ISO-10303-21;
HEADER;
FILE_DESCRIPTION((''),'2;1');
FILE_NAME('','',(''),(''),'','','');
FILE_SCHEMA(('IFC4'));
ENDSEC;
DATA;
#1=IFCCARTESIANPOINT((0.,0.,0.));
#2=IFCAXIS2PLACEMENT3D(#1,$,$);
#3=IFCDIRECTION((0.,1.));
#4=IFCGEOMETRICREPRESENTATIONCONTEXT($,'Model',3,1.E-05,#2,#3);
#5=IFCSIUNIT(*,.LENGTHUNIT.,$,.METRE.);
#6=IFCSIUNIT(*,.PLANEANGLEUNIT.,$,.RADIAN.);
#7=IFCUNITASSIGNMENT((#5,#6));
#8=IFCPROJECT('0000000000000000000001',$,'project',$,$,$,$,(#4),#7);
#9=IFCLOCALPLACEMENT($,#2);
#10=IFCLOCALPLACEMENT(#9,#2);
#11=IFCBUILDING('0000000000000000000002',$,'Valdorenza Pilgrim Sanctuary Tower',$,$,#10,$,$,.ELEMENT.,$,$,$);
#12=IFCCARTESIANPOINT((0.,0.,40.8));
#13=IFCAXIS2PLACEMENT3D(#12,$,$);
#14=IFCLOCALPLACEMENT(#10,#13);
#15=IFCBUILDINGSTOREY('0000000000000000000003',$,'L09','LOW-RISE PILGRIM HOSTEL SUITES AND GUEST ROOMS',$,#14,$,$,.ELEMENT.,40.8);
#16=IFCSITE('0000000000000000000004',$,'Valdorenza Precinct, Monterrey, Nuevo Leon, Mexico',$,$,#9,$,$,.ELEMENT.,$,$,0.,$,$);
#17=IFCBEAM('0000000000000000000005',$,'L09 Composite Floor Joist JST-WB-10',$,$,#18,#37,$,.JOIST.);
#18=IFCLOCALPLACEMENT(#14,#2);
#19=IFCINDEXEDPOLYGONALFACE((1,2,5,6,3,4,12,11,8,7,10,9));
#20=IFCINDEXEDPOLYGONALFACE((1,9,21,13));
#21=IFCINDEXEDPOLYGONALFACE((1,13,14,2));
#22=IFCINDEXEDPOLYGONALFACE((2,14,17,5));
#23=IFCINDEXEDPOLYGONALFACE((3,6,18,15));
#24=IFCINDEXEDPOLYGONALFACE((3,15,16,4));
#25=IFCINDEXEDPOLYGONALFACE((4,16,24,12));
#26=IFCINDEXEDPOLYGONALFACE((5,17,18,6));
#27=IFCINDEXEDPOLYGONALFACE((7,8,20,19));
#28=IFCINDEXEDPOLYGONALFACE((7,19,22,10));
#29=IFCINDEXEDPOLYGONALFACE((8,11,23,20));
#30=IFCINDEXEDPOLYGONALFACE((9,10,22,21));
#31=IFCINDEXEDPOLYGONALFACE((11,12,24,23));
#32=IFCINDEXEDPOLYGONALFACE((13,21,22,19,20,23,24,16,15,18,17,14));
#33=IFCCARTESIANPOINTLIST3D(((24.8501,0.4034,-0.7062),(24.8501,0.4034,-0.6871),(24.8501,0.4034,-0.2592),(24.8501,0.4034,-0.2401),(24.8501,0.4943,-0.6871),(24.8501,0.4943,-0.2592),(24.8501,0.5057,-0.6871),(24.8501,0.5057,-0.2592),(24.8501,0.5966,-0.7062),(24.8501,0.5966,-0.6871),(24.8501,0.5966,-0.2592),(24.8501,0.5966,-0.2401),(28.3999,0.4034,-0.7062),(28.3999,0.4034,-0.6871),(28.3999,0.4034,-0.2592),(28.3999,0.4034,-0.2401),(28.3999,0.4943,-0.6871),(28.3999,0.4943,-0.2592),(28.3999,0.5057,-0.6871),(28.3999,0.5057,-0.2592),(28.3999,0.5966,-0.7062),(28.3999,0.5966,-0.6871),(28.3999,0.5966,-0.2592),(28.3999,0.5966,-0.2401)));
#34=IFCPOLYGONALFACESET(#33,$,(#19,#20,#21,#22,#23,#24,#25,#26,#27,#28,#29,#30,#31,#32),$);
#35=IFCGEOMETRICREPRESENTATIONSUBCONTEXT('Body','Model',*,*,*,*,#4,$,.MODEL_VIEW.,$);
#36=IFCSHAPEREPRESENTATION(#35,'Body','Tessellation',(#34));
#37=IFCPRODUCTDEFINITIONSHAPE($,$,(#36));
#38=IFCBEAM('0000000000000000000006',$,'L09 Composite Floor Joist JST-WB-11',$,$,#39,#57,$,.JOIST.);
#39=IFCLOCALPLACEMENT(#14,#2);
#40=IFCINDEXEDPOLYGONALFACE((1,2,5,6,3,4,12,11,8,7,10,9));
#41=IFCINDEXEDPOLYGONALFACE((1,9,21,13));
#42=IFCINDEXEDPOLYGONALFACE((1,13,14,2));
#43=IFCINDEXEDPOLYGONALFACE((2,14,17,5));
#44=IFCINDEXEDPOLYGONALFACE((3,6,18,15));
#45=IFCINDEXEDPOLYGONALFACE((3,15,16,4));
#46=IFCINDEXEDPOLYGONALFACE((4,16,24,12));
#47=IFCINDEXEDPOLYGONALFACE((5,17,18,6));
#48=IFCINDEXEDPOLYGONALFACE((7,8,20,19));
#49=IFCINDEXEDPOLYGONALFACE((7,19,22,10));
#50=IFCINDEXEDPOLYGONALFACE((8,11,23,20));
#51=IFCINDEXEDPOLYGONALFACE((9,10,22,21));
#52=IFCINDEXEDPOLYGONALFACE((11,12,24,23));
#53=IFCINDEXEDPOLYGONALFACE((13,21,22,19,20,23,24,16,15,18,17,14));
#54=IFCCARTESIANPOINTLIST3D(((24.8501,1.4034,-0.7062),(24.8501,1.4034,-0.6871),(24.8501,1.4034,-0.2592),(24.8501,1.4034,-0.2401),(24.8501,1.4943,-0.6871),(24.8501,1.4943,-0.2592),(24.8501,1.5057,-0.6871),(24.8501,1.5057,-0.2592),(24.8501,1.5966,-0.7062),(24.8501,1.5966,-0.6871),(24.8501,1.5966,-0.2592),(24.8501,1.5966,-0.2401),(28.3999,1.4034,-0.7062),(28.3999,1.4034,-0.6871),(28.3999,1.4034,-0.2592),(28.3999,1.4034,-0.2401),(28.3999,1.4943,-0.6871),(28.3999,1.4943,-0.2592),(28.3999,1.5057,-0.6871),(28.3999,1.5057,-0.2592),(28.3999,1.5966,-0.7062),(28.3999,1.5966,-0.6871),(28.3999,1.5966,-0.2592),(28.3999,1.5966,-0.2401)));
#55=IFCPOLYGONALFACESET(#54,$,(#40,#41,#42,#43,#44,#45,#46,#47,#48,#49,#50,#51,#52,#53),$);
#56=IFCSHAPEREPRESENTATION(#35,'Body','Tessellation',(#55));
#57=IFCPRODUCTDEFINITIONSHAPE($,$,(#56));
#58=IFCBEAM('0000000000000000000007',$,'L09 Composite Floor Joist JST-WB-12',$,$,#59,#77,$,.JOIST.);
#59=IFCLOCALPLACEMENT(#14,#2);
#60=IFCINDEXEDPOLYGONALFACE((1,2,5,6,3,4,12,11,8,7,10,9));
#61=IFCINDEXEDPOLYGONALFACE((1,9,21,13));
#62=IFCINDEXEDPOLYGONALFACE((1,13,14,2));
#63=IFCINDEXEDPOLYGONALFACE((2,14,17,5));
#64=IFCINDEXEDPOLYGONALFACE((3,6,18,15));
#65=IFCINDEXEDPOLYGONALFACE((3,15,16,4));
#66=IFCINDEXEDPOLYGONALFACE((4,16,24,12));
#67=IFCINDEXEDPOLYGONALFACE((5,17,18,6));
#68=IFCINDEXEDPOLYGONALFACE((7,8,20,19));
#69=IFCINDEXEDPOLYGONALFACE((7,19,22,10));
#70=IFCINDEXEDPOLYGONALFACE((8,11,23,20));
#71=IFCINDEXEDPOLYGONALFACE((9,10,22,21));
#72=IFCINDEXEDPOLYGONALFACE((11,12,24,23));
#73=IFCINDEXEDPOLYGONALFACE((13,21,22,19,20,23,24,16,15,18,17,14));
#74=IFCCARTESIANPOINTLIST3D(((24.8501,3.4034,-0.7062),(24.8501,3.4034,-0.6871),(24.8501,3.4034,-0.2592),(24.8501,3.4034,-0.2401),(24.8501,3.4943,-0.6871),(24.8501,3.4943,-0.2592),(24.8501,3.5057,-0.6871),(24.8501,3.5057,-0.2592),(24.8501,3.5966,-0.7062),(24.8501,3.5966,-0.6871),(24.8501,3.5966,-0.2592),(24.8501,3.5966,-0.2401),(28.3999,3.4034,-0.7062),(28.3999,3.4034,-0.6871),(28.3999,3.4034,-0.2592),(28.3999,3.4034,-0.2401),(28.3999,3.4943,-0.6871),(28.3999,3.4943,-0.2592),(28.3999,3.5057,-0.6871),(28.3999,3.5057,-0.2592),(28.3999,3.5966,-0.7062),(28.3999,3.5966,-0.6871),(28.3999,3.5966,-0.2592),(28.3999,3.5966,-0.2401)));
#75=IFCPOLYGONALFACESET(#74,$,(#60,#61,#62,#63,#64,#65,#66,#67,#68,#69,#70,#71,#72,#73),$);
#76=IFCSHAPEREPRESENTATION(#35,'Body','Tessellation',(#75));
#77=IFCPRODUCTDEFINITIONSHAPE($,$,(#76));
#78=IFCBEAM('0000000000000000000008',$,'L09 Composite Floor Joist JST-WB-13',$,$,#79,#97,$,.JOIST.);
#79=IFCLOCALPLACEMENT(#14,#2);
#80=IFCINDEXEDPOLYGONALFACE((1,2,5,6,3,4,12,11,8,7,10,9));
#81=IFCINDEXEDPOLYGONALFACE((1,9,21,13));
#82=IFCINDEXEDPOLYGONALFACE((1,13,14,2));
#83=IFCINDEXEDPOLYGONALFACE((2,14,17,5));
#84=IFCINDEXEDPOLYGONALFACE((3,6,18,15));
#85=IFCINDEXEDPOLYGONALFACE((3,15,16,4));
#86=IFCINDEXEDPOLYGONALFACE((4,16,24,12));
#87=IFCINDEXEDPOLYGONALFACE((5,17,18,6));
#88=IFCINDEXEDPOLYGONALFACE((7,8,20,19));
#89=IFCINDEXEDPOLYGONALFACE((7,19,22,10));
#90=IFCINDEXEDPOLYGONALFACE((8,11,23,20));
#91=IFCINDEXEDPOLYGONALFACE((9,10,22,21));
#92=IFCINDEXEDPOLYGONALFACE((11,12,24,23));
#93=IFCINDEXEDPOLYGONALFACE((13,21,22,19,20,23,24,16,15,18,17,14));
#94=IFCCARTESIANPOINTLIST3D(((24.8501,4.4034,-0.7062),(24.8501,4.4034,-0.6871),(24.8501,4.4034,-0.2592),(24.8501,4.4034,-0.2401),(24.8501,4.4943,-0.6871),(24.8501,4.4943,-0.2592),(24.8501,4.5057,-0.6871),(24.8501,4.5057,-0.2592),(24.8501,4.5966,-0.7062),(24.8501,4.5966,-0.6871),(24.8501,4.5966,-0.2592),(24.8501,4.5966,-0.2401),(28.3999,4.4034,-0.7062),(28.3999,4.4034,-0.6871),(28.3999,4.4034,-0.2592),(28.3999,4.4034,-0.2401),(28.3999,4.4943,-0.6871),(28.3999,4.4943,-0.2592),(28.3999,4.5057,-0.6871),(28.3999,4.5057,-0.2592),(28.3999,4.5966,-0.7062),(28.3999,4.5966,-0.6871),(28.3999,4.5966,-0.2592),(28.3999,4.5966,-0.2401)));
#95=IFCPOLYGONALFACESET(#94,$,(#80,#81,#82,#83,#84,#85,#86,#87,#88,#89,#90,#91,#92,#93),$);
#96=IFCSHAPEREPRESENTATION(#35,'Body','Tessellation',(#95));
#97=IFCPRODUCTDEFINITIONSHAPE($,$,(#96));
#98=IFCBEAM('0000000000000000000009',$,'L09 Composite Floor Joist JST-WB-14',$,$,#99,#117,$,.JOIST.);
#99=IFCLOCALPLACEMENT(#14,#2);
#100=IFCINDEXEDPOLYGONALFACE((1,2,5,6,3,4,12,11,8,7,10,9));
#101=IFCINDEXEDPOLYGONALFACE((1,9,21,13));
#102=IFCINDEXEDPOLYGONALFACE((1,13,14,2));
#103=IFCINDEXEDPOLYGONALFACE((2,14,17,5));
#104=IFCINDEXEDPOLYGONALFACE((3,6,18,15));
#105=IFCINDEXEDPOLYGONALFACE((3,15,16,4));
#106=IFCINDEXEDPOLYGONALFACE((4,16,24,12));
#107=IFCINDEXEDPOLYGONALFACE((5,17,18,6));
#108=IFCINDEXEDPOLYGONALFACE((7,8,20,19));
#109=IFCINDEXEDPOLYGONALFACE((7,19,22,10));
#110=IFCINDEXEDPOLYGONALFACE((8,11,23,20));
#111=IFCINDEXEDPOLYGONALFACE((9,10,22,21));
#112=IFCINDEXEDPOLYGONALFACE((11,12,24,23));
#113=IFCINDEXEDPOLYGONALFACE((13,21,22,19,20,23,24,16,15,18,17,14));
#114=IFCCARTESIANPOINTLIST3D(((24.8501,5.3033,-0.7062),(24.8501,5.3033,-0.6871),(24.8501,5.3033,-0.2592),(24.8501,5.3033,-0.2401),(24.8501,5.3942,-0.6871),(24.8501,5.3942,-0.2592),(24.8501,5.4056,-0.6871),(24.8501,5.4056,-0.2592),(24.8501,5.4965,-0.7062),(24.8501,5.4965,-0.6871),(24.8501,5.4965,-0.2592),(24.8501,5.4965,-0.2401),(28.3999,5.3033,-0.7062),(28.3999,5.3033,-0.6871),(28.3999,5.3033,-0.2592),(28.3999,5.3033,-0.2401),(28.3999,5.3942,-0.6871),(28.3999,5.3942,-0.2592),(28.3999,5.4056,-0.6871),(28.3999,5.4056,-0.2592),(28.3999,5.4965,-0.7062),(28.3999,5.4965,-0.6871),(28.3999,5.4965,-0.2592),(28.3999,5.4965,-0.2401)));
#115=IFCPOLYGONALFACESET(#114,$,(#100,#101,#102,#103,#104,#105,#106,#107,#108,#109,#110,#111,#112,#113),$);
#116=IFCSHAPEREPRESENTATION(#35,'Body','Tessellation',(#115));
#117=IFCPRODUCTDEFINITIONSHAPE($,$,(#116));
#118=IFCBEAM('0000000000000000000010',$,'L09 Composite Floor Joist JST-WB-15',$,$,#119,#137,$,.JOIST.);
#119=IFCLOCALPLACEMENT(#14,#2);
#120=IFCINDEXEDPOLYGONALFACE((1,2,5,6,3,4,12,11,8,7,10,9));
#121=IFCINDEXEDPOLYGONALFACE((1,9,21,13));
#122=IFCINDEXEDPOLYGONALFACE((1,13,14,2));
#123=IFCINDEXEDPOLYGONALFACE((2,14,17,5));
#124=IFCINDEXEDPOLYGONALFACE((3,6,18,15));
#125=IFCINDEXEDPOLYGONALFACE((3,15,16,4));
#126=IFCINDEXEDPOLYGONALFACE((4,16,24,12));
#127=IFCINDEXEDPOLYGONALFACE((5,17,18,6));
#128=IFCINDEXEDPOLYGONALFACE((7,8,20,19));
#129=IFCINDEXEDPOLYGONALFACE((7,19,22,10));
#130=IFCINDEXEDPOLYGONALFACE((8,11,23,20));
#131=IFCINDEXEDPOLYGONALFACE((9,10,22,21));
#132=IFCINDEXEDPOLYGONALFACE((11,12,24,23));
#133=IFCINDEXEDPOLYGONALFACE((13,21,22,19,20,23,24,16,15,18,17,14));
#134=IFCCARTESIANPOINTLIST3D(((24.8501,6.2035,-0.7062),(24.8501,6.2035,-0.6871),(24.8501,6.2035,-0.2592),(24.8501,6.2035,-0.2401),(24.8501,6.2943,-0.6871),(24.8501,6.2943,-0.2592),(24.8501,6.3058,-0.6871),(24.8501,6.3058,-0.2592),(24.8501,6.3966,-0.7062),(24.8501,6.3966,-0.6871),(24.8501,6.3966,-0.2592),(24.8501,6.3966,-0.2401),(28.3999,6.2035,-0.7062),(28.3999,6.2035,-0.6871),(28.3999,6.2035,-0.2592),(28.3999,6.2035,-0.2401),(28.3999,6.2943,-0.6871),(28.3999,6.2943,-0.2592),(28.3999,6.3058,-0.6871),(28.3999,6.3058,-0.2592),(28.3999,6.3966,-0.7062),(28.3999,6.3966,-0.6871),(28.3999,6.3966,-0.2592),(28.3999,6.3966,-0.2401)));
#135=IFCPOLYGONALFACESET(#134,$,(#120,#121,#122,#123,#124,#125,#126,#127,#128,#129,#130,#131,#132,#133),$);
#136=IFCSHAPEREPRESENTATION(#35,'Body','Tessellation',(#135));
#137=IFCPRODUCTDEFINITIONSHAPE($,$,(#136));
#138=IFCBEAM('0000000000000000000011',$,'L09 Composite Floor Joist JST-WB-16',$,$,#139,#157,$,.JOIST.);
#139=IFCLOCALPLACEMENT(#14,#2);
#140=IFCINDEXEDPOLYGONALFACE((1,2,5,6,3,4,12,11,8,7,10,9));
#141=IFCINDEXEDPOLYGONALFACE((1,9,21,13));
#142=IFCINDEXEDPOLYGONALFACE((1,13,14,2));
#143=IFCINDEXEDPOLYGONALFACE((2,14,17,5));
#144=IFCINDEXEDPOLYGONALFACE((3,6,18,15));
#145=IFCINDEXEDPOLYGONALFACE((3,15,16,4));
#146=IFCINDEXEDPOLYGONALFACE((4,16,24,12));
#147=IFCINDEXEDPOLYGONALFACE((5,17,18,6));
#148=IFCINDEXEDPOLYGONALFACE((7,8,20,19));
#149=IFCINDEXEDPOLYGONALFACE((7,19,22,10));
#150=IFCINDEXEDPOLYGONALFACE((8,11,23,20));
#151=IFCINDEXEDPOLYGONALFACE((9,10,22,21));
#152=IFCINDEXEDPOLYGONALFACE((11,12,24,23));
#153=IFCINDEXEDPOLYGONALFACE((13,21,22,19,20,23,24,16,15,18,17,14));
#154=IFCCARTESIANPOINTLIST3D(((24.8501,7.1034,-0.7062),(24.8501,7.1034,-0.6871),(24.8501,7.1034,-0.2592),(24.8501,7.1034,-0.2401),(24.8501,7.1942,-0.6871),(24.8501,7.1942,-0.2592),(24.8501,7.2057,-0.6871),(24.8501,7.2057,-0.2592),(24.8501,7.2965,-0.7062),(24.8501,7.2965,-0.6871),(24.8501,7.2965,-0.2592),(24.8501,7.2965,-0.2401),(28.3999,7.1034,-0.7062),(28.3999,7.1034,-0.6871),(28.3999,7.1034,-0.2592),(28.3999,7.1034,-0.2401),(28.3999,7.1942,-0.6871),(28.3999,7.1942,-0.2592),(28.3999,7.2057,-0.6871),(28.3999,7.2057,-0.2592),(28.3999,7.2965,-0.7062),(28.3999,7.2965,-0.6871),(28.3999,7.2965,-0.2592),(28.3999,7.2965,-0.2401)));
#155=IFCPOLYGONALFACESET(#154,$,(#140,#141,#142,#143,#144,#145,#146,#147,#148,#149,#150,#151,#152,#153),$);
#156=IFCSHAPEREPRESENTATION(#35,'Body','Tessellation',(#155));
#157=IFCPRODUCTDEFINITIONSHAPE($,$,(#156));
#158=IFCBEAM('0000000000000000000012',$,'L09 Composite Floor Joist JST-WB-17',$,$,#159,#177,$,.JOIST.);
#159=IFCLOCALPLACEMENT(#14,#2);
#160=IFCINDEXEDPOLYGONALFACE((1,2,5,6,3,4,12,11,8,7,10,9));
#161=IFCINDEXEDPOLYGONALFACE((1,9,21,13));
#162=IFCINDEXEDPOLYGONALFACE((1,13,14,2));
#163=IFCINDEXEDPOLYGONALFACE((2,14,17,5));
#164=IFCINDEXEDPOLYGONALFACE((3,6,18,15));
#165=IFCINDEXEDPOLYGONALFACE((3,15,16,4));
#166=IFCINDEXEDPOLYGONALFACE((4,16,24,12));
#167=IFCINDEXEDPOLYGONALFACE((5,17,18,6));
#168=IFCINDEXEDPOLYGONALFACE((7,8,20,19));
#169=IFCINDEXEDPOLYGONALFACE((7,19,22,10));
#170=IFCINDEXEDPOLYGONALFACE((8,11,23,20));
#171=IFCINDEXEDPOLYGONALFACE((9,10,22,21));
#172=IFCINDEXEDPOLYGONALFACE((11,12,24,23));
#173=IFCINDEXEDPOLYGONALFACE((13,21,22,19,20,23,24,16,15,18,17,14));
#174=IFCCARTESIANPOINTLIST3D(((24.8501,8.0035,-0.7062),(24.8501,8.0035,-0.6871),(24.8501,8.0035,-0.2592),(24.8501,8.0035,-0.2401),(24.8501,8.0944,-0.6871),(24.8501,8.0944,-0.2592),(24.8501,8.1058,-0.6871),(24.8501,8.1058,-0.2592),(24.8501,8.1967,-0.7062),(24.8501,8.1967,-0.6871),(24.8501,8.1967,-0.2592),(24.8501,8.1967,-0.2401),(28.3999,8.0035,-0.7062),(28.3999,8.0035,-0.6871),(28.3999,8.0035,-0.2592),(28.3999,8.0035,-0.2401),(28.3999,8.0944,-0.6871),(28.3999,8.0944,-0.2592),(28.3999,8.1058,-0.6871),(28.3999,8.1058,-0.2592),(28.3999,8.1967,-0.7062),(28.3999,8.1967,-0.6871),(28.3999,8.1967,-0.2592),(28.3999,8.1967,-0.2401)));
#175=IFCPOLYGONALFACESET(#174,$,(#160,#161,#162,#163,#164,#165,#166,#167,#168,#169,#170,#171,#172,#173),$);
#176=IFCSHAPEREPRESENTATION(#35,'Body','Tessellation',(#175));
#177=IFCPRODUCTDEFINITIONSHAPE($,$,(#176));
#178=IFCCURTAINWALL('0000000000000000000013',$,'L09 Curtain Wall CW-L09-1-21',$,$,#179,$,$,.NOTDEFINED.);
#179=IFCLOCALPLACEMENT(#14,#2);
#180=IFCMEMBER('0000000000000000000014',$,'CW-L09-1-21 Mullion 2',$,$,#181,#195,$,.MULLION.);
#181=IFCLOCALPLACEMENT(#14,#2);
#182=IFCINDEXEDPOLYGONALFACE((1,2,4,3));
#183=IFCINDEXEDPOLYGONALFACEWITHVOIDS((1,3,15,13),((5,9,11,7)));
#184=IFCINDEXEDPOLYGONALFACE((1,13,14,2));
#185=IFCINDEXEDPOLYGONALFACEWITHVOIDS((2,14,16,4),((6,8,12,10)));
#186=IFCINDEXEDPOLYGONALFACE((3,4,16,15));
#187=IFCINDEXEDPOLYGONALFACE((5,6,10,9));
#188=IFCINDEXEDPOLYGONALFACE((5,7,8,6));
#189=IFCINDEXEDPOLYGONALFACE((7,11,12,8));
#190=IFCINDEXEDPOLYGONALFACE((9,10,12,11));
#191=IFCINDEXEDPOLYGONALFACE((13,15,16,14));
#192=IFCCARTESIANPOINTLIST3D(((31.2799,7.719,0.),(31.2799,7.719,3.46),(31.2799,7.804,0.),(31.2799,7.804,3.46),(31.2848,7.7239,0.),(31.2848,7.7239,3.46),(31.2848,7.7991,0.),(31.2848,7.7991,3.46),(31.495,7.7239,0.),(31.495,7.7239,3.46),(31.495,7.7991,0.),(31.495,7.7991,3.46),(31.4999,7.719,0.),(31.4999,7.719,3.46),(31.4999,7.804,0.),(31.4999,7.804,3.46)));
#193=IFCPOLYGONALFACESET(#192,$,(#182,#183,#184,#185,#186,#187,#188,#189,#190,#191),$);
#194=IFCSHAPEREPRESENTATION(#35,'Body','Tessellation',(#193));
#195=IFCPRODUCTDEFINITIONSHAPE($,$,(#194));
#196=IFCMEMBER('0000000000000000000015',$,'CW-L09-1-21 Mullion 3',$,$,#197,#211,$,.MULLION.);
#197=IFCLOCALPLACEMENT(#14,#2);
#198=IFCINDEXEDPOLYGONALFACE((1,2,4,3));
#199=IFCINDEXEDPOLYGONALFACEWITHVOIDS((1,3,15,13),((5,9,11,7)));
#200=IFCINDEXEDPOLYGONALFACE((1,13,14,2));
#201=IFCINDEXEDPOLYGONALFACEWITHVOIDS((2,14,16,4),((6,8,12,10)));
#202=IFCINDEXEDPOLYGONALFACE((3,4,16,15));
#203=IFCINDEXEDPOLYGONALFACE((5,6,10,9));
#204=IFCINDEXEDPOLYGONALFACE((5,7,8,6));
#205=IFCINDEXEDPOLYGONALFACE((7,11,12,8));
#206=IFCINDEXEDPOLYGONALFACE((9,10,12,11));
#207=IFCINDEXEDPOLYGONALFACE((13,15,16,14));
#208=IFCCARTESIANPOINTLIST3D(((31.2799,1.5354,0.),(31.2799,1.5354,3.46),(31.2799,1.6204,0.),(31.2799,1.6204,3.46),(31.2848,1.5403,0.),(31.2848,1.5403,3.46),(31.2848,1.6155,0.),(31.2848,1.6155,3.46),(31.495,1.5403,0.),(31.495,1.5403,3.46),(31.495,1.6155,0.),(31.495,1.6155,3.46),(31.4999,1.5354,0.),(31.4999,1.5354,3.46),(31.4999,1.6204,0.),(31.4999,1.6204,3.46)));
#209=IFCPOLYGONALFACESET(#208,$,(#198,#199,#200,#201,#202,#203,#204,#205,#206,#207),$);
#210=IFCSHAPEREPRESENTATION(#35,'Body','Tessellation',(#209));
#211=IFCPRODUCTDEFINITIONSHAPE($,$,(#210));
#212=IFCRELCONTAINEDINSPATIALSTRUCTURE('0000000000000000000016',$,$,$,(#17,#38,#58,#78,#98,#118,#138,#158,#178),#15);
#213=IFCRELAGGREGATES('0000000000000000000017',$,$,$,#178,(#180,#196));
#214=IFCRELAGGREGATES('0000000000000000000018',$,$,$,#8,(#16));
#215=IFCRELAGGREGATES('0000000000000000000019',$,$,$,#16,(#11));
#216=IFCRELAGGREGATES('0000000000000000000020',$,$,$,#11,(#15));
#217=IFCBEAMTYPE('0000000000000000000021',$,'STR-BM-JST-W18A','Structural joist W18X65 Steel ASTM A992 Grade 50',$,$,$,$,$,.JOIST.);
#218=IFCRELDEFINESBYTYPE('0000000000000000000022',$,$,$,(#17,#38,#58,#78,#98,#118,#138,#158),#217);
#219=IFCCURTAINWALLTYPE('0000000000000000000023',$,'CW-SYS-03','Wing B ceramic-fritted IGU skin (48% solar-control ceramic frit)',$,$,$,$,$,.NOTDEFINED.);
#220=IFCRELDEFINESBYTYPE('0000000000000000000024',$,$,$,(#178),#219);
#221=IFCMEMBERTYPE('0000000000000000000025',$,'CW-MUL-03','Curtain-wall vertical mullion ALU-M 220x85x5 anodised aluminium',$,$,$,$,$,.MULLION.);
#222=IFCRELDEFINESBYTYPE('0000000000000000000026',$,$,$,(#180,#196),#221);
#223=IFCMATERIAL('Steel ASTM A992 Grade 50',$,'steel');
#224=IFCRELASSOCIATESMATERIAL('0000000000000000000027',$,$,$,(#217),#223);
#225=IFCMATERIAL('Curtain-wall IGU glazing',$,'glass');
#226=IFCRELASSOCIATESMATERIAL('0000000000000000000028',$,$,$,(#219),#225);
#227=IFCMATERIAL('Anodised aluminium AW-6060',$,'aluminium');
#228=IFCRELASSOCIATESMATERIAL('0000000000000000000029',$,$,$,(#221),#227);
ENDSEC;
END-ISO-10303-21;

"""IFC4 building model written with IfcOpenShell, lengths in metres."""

from ifc_helpers import new_model, si_unit, direction, frame, origin, origin_2d, place, context, subcontext, project, spatial, hollow_rectangle, i_section, extrude, source, transform, mapped, material, material_profile, profile_set, type_object, element, aggregate, save


model = new_model("IFC4")

# Units and contexts
model_context = context("Model", 3, precision=1e-05, world=origin(), true_north=direction((0.0, 1.0)))
body_context = subcontext(model_context, "Body", "Model", "MODEL_VIEW")
ifc_project = project(units=[si_unit("LENGTHUNIT", "METRE"), si_unit("PLANEANGLEUNIT", "RADIAN")], contexts=[model_context])

# Site, building, storey
site_placement = place(None, origin())
site = spatial("IfcSite", under=ifc_project, at=site_placement, Name="Valdorenza Precinct, Monterrey, Nuevo Leon, Mexico", CompositionType="ELEMENT", RefElevation=0.0)
building_placement = place(site_placement, origin())
building = spatial("IfcBuilding", under=site, at=building_placement, Name="Valdorenza Pilgrim Sanctuary Tower", CompositionType="ELEMENT")
storey_placement = place(building_placement, frame((0.0, 0.0, 40.8)))
storey = spatial("IfcBuildingStorey", under=building, at=storey_placement, Name="L09", Description="LOW-RISE PILGRIM HOSTEL SUITES AND GUEST ROOMS", CompositionType="ELEMENT", Elevation=40.8)

# Beams
ifc_material_1 = material(Name="Steel ASTM A992 Grade 50", Category="steel")
ifc_material_profile_1 = material_profile(ifc_material_1, i_section(OverallWidth=0.1931, OverallDepth=0.4661, WebThickness=0.0115, FlangeThickness=0.019, at=origin_2d()), Name="W18X65")
ifc_profile_set_1 = profile_set([ifc_material_profile_1], Name="Steel ASTM A992 Grade 50")
beam_type = type_object("IfcBeamType", Name="STR-BM-JST-W18A", Description="Structural joist W18X65 Steel ASTM A992 Grade 50", PredefinedType="JOIST", material=ifc_profile_set_1)
shared_shape_1 = source(origin(), body_context, "Body", "SweptSolid", [
    extrude(i_section(OverallWidth=0.1931, OverallDepth=0.4661, WebThickness=0.0115, FlangeThickness=0.019, at=origin_2d()), origin(), (0.0, 0.0, 1.0), 3.5498),
])
for number, where, z_axis, x_axis, name in (
    (1, (24.8501, 0.5, -0.4731), (1.0, 0.0, 0.0), (0.0, 1.0, 0.0), "L09 Composite Floor Joist JST-WB-10"),
    (2, (24.8501, 1.5, -0.4731), (1.0, 0.0, 0.0), (0.0, 1.0, 0.0), "L09 Composite Floor Joist JST-WB-11"),
    (3, (24.8501, 3.5, -0.4731), (1.0, 0.0, 0.0), (0.0, 1.0, 0.0), "L09 Composite Floor Joist JST-WB-12"),
    (4, (24.8501, 4.5, -0.4731), (1.0, 0.0, 0.0), (0.0, 1.0, 0.0), "L09 Composite Floor Joist JST-WB-13"),
    (5, (24.8501, 5.3999, -0.4731), (1.0, 0.0, 0.0), (0.0, 1.0, 0.0), "L09 Composite Floor Joist JST-WB-14"),
    (6, (24.8501, 6.3, -0.4731), (1.0, 0.0, 0.0), (0.0, 1.0, 0.0), "L09 Composite Floor Joist JST-WB-15"),
    (7, (24.8501, 7.2, -0.4731), (1.0, 0.0, 0.0), (0.0, 1.0, 0.0), "L09 Composite Floor Joist JST-WB-16"),
    (8, (24.8501, 8.1001, -0.4731), (1.0, 0.0, 0.0), (0.0, 1.0, 0.0), "L09 Composite Floor Joist JST-WB-17"),
):
    element("IfcBeam", number, at=place(storey_placement, frame(where, z_axis=z_axis, x_axis=x_axis)), inside=storey, type_object=beam_type, Name=name, PredefinedType="JOIST", context=body_context, shape_type="MappedRepresentation", body=[
        mapped(shared_shape_1, transform((0.0, 0.0, 0.0), x_axis=(1.0, 0.0, 0.0), y_axis=(0.0, 1.0, 0.0), z_axis=(0.0, 0.0, 1.0), scale=1.0)),
    ])

# Curtain wall, members
ifc_material_2 = material(Name="Curtain-wall IGU glazing", Category="glass")
curtain_wall_type = type_object("IfcCurtainWallType", Name="CW-SYS-03", Description="Wing B ceramic-fritted IGU skin (48% solar-control ceramic frit)", PredefinedType="NOTDEFINED", material=ifc_material_2)
curtain_wall_placement = place(storey_placement, origin())
curtain_wall = element("IfcCurtainWall", 9, at=curtain_wall_placement, inside=storey, type_object=curtain_wall_type, Name="L09 Curtain Wall CW-L09-1-21", PredefinedType="NOTDEFINED")
ifc_material_3 = material(Name="Anodised aluminium AW-6060", Category="aluminium")
ifc_material_profile_2 = material_profile(ifc_material_3, hollow_rectangle(XDim=0.085, YDim=0.22, WallThickness=0.0049, at=origin_2d()), Name="ALU-M 220x85x5")
ifc_profile_set_2 = profile_set([ifc_material_profile_2], Name="Anodised aluminium AW-6060")
member_type = type_object("IfcMemberType", Name="CW-MUL-03", Description="Curtain-wall vertical mullion ALU-M 220x85x5 anodised aluminium", PredefinedType="MULLION", material=ifc_profile_set_2)
shared_shape_2 = source(origin(), body_context, "Body", "SweptSolid", [
    extrude(hollow_rectangle(XDim=0.085, YDim=0.22, WallThickness=0.0049, at=origin_2d()), origin(), (0.0, 0.0, 1.0), 3.46),
])
member_1_placement = place(storey_placement, frame((31.3899, 7.7615, 0.0), z_axis=(0.0, 0.0, 1.0), x_axis=(0.0, -1.0, 0.0)))
member_1 = element("IfcMember", 10, at=member_1_placement, type_object=member_type, Name="CW-L09-1-21 Mullion 2", PredefinedType="MULLION", context=body_context, shape_type="MappedRepresentation", body=[
    mapped(shared_shape_2, transform((0.0, 0.0, 0.0), x_axis=(1.0, 0.0, 0.0), y_axis=(0.0, 1.0, 0.0), z_axis=(0.0, 0.0, 1.0), scale=1.0)),
])
member_2_placement = place(storey_placement, frame((31.3899, 1.5779, 0.0), z_axis=(0.0, 0.0, 1.0), x_axis=(0.0, -1.0, 0.0)))
member_2 = element("IfcMember", 11, at=member_2_placement, type_object=member_type, Name="CW-L09-1-21 Mullion 3", PredefinedType="MULLION", context=body_context, shape_type="MappedRepresentation", body=[
    mapped(shared_shape_2, transform((0.0, 0.0, 0.0), x_axis=(1.0, 0.0, 0.0), y_axis=(0.0, 1.0, 0.0), z_axis=(0.0, 0.0, 1.0), scale=1.0)),
])
aggregate(curtain_wall, [member_1, member_2])

save(model, "model.ifc")
